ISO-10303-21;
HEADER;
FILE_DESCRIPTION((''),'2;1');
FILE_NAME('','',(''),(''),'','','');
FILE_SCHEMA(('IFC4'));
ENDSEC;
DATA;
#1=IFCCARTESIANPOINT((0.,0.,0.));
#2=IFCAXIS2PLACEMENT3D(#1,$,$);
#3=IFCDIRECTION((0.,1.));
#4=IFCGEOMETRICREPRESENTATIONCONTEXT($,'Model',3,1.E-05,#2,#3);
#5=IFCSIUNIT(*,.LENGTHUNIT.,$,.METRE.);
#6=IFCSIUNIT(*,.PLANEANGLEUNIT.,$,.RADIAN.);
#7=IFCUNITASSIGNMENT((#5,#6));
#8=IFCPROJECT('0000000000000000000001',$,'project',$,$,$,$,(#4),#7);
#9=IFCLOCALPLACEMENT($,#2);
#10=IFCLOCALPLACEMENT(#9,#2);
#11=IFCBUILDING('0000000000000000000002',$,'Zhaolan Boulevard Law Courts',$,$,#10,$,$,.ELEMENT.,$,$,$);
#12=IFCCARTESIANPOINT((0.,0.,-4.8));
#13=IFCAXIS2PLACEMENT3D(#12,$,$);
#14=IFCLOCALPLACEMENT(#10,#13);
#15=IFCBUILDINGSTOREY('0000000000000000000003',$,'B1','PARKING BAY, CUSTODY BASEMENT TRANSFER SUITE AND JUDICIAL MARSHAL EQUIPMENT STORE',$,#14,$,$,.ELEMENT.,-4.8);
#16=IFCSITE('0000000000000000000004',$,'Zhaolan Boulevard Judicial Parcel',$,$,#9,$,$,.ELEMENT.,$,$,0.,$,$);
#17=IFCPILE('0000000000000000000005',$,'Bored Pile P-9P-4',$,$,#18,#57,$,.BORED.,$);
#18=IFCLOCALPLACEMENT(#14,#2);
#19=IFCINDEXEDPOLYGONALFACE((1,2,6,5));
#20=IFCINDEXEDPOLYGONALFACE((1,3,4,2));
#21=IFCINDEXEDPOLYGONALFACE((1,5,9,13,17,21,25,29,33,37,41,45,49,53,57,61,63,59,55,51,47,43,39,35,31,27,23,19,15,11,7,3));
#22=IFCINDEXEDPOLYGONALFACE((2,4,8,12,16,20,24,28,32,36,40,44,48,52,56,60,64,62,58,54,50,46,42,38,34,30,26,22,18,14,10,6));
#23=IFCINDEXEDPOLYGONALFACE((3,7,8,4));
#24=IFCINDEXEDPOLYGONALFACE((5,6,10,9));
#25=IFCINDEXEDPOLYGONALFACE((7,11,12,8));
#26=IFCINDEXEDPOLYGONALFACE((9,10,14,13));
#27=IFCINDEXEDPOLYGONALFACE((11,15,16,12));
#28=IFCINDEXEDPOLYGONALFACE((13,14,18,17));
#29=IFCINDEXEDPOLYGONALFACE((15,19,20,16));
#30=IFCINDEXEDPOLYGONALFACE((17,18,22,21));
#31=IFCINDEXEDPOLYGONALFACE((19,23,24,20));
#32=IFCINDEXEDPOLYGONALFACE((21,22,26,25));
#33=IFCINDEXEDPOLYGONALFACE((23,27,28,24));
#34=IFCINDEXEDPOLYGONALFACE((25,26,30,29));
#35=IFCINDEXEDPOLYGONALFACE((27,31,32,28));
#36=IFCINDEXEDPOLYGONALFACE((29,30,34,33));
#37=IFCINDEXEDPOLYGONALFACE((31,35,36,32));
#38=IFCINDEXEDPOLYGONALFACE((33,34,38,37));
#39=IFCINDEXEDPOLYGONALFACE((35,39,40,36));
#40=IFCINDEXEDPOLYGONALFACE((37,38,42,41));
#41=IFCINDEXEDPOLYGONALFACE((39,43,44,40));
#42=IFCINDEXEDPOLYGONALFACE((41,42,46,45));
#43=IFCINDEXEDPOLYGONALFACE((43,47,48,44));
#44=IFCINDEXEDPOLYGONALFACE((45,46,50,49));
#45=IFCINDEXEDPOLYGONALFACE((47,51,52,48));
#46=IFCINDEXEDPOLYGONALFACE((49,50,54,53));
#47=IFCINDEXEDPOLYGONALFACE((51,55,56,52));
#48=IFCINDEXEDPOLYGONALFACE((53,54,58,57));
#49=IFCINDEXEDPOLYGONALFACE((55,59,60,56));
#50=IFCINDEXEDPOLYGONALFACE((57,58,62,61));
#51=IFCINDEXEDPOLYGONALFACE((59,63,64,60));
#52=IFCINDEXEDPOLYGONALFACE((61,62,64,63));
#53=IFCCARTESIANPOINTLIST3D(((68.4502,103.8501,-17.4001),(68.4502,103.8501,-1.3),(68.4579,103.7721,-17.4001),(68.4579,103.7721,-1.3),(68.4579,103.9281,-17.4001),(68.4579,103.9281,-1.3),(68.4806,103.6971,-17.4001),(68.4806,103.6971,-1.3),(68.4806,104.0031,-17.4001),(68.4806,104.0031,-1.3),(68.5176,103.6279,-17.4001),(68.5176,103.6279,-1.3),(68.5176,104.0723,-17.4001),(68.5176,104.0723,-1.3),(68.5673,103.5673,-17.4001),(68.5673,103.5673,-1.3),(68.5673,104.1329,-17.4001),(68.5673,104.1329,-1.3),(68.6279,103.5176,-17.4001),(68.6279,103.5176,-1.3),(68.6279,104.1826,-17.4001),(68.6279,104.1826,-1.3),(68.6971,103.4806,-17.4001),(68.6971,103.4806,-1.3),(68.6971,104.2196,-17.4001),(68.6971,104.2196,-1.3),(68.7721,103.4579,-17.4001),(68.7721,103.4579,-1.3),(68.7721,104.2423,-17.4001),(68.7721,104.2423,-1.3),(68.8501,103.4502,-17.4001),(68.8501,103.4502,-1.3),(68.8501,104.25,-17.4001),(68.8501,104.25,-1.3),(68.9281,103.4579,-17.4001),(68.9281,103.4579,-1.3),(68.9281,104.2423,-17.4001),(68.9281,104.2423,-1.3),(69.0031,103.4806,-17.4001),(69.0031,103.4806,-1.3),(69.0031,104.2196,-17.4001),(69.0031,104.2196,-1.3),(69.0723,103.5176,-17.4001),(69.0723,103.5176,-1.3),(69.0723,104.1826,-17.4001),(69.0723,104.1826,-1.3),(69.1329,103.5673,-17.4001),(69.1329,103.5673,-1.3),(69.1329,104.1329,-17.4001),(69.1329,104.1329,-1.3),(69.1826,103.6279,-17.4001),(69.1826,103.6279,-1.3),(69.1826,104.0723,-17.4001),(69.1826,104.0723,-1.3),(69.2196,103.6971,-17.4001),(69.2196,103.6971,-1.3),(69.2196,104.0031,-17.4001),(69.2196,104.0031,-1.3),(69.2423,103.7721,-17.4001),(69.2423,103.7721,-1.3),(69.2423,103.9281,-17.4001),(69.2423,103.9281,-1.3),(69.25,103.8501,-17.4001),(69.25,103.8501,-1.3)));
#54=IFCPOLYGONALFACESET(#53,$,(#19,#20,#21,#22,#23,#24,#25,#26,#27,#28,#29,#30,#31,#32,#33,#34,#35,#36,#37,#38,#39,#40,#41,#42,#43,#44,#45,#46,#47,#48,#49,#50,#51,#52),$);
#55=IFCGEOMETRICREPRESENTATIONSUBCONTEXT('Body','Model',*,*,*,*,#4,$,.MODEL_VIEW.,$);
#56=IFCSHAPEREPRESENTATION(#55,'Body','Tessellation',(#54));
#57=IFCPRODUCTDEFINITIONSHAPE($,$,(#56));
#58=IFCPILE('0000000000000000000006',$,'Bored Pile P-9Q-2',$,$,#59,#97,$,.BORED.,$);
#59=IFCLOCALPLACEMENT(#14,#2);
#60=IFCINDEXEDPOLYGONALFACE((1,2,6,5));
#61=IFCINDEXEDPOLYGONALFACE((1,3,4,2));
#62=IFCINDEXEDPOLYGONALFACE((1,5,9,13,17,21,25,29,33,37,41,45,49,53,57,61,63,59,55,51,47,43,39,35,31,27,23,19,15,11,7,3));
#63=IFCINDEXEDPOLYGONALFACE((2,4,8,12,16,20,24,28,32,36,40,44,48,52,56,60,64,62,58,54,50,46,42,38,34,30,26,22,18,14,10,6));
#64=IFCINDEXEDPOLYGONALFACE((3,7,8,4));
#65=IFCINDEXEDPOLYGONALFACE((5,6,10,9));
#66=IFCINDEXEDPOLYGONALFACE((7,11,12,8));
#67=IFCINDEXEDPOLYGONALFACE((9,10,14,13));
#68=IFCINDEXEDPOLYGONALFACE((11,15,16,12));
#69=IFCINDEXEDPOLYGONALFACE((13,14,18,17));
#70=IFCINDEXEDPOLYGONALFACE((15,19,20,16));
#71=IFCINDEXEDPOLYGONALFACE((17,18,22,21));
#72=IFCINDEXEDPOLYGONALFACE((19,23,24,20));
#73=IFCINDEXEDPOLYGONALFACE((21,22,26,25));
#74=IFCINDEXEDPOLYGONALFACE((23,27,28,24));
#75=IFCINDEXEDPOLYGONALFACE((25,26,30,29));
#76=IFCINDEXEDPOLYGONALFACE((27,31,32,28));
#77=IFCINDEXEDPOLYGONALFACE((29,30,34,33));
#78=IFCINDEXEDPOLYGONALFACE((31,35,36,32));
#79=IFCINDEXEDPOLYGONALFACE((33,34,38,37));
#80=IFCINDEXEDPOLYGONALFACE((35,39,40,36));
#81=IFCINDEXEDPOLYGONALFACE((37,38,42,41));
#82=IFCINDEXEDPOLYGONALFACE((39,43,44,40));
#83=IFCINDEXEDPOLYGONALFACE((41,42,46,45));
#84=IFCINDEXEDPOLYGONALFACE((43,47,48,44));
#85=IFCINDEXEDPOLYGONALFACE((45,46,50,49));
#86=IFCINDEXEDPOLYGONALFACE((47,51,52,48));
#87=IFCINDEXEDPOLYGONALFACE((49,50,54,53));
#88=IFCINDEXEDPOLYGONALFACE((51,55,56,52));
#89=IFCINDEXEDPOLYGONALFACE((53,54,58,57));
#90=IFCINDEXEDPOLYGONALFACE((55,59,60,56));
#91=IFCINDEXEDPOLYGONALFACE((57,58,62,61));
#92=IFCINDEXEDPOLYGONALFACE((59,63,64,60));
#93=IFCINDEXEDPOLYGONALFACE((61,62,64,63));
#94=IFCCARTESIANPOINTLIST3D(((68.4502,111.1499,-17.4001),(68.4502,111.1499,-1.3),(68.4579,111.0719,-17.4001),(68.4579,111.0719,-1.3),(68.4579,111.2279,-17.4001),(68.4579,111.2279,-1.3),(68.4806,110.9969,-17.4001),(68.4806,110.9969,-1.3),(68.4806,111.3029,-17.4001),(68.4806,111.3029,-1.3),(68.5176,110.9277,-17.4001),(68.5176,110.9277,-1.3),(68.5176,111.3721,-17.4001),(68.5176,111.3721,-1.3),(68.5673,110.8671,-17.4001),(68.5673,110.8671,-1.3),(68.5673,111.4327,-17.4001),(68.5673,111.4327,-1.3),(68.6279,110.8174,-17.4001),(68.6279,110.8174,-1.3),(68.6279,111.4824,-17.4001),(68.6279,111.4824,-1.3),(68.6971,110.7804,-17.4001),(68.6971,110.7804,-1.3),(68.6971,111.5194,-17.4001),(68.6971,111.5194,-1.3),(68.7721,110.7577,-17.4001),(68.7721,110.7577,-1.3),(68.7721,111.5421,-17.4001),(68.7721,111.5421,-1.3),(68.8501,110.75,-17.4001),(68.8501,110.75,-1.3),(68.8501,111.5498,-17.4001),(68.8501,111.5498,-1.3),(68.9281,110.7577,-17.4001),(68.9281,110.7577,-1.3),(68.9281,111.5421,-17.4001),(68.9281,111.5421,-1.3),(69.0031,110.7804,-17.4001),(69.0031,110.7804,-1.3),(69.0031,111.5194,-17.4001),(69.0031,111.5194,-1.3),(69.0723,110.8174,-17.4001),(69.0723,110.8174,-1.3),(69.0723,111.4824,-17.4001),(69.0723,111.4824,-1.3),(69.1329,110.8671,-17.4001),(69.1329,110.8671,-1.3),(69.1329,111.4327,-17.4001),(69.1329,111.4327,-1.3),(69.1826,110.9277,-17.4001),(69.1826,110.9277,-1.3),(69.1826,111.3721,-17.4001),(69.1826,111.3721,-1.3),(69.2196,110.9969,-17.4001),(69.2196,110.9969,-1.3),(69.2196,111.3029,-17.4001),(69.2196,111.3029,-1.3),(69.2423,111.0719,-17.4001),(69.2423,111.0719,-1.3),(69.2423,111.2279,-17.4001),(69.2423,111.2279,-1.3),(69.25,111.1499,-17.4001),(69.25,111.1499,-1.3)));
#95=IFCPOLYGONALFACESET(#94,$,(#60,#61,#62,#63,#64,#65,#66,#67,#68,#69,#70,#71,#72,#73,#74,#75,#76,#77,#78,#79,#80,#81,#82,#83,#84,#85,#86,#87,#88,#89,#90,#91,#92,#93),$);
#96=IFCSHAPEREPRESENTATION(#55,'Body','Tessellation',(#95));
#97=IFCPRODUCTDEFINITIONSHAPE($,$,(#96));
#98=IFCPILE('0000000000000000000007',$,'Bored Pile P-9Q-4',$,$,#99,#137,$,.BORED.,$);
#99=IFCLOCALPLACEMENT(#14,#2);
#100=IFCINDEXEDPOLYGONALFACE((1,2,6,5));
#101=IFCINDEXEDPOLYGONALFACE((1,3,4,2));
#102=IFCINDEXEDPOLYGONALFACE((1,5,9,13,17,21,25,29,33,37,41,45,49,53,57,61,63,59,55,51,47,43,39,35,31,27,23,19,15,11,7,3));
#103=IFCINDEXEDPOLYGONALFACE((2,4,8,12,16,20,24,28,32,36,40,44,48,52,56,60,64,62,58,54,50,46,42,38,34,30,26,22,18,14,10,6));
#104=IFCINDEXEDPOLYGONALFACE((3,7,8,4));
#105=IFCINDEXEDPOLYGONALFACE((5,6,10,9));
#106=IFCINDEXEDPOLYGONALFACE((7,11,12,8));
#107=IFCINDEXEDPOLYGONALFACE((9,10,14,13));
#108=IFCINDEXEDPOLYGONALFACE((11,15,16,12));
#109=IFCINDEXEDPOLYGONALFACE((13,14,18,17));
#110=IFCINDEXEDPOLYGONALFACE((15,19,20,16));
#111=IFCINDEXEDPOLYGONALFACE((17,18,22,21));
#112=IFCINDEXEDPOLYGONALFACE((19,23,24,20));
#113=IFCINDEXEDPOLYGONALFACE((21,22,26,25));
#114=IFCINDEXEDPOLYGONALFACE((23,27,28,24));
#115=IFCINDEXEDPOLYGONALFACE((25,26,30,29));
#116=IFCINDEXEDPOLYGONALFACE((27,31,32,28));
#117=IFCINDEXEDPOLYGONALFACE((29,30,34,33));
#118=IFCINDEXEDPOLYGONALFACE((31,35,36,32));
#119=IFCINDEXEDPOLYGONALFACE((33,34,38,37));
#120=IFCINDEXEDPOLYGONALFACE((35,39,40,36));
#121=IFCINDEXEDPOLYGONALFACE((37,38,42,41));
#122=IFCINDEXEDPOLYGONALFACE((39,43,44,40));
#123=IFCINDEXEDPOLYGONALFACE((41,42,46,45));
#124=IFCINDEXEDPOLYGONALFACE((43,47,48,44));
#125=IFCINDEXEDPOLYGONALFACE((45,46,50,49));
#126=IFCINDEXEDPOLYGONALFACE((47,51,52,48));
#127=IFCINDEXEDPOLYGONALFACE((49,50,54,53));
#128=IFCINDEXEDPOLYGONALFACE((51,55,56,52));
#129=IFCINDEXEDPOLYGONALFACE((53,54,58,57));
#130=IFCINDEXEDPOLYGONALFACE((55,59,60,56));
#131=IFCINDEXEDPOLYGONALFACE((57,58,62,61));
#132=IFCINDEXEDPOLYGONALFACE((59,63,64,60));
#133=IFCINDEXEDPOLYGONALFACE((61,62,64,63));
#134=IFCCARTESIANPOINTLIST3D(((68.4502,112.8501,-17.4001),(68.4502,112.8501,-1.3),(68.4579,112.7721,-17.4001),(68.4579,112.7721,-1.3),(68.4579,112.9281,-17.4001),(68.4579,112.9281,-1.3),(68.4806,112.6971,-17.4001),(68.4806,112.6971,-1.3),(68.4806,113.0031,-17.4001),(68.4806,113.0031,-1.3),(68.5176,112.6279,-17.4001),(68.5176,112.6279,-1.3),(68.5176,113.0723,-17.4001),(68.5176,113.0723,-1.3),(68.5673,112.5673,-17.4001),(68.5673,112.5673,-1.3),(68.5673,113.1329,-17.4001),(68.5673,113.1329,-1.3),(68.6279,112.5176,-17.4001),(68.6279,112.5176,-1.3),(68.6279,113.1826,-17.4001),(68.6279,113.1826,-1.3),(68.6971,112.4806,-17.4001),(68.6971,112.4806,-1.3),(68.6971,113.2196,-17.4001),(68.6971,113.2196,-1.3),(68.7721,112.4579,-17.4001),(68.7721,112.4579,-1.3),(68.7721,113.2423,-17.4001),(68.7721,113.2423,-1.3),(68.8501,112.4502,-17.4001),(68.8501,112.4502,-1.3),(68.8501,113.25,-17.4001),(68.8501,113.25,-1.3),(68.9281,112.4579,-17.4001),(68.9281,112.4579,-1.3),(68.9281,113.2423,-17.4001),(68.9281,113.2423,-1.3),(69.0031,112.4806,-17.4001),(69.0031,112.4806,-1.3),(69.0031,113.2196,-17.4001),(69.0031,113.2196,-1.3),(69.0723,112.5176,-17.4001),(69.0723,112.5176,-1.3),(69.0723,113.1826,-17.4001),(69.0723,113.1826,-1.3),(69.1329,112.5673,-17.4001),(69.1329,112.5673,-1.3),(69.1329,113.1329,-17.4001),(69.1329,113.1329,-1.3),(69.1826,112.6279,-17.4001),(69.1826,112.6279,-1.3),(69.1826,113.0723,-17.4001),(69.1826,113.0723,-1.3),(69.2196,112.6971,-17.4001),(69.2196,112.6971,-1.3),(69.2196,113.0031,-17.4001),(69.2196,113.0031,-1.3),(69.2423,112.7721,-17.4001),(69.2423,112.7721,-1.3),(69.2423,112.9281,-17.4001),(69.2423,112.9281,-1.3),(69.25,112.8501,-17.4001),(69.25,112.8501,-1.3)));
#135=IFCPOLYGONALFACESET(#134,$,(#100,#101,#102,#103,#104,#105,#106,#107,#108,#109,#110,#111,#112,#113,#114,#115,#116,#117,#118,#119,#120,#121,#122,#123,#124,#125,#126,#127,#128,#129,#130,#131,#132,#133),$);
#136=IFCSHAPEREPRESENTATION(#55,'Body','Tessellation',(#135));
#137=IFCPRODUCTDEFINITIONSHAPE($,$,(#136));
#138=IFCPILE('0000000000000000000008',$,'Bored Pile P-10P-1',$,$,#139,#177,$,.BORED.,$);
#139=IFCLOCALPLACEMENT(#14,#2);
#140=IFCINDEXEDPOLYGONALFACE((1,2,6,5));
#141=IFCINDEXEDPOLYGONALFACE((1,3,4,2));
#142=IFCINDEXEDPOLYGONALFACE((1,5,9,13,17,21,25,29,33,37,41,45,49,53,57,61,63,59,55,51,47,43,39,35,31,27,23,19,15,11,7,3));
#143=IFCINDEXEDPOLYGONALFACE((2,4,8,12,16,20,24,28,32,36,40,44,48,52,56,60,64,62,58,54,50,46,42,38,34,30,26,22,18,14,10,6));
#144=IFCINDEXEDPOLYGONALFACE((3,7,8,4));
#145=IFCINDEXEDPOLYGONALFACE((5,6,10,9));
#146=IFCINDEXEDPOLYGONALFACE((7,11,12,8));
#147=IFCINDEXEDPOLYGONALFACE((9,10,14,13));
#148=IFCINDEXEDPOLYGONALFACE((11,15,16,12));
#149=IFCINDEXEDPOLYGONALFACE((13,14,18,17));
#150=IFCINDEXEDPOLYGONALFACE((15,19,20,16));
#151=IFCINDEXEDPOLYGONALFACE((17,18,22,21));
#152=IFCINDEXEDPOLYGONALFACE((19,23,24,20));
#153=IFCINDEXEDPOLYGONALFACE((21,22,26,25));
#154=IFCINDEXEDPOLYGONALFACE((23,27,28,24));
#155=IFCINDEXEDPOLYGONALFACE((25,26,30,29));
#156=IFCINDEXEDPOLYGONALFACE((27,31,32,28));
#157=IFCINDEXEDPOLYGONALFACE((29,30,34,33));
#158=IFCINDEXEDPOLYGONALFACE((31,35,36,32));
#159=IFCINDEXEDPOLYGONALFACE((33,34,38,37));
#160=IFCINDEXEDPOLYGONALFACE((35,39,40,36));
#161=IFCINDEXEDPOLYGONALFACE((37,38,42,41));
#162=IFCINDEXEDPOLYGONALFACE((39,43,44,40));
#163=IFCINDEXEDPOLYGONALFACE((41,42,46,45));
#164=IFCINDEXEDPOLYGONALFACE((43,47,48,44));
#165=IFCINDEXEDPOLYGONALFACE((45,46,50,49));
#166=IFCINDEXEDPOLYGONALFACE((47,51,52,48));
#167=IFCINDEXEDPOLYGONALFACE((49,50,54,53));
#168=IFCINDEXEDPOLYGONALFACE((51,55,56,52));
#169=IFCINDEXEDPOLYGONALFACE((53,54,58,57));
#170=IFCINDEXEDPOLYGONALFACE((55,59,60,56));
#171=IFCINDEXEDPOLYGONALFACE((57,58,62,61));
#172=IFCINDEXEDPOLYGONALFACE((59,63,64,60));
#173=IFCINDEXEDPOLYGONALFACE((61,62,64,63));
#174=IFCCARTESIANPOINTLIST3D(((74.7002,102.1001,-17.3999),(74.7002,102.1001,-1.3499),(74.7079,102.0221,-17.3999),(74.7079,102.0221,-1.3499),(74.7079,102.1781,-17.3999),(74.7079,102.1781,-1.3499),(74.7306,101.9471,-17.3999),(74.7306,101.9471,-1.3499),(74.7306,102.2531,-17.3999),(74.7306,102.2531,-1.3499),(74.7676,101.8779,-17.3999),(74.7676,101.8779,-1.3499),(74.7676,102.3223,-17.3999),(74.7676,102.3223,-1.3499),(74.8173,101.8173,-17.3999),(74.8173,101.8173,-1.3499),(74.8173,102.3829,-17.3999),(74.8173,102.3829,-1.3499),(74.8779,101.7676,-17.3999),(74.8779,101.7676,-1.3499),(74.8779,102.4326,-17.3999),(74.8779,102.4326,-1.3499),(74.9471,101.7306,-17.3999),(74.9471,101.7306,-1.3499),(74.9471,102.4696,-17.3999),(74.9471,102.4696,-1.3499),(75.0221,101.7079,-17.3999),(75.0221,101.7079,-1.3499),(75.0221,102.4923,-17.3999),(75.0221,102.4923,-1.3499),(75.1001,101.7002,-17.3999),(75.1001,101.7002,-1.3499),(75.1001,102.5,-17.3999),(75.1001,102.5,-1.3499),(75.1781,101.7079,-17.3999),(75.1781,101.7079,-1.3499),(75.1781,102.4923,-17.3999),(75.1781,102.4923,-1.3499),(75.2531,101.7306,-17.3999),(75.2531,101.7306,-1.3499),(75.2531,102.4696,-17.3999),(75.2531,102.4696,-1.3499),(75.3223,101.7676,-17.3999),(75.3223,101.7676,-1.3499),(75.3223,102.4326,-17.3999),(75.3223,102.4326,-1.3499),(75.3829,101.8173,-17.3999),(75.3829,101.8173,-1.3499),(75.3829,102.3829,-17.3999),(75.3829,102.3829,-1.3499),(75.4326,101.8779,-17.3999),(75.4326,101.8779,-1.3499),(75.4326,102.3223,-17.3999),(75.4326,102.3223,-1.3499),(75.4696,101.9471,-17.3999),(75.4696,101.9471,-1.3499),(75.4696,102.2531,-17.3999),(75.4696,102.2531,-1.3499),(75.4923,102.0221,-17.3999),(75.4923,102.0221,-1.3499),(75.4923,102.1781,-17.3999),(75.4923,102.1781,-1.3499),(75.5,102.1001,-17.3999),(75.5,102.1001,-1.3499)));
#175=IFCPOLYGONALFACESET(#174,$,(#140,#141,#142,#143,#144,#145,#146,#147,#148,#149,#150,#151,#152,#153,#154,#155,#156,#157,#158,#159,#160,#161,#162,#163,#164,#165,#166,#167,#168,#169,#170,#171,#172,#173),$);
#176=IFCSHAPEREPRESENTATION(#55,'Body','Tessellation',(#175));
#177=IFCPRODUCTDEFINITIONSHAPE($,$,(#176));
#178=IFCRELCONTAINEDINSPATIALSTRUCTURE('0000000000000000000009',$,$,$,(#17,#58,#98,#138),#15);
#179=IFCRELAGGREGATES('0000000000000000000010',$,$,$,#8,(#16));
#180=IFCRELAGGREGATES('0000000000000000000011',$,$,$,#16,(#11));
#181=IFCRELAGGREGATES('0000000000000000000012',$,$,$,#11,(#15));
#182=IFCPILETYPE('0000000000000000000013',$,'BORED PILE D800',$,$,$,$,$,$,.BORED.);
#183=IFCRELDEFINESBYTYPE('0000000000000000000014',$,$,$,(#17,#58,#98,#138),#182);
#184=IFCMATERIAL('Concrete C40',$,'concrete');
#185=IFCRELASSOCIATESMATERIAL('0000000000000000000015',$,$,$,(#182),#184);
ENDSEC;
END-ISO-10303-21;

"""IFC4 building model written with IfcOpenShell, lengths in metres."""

from ifc_helpers import new_model, si_unit, direction, frame, origin, origin_2d, place, context, subcontext, project, spatial, circle, extrude, material, material_profile, profile_set, type_object, element, save


model = new_model("IFC4")

# Units and contexts
model_context = context("Model", 3, precision=1e-05, world=origin(), true_north=direction((0.0, 1.0)))
body_context = subcontext(model_context, "Body", "Model", "MODEL_VIEW")
ifc_project = project(units=[si_unit("LENGTHUNIT", "METRE"), si_unit("PLANEANGLEUNIT", "RADIAN")], contexts=[model_context])

# Site, building, storey
site_placement = place(None, origin())
site = spatial("IfcSite", under=ifc_project, at=site_placement, Name="Zhaolan Boulevard Judicial Parcel", CompositionType="ELEMENT", RefElevation=0.0)
building_placement = place(site_placement, origin())
building = spatial("IfcBuilding", under=site, at=building_placement, Name="Zhaolan Boulevard Law Courts", CompositionType="ELEMENT")
storey_placement = place(building_placement, frame((0.0, 0.0, -4.8)))
storey = spatial("IfcBuildingStorey", under=building, at=storey_placement, Name="B1", Description="PARKING BAY, CUSTODY BASEMENT TRANSFER SUITE AND JUDICIAL MARSHAL EQUIPMENT STORE", CompositionType="ELEMENT", Elevation=-4.8)

# Piles
ifc_material_1 = material(Name="Concrete C40", Category="concrete")
ifc_material_profile_1 = material_profile(ifc_material_1, circle(Radius=0.3999, at=origin_2d()), Name="PILE-D800")
ifc_profile_set_1 = profile_set([ifc_material_profile_1], Name="Concrete C40")
pile_type = type_object("IfcPileType", Name="BORED PILE D800", PredefinedType="BORED", material=ifc_profile_set_1)
for number, where, z_axis, x_axis, name in (
    (1, (68.8501, 103.8501, -1.3), (0.0, 0.0, -1.0), (1.0, 0.0, 0.0), "Bored Pile P-9P-4"),
    (2, (68.8501, 111.1499, -1.3), (0.0, 0.0, -1.0), (1.0, 0.0, 0.0), "Bored Pile P-9Q-2"),
    (3, (68.8501, 112.8501, -1.3), (0.0, 0.0, -1.0), (1.0, 0.0, 0.0), "Bored Pile P-9Q-4"),
):
    element("IfcPile", number, at=place(storey_placement, frame(where, z_axis=z_axis, x_axis=x_axis)), inside=storey, type_object=pile_type, Name=name, PredefinedType="BORED", context=body_context, shape_type="SweptSolid", body=[
        extrude(circle(Radius=0.3999, at=origin_2d()), origin(), (0.0, 0.0, 1.0), 16.1001),
    ])
for number, where, z_axis, x_axis, name in (
    (4, (75.1001, 102.1001, -1.3499), (0.0, 0.0, -1.0), (1.0, 0.0, 0.0), "Bored Pile P-10P-1"),
):
    element("IfcPile", number, at=place(storey_placement, frame(where, z_axis=z_axis, x_axis=x_axis)), inside=storey, type_object=pile_type, Name=name, PredefinedType="BORED", context=body_context, shape_type="SweptSolid", body=[
        extrude(circle(Radius=0.3999, at=origin_2d()), origin(), (0.0, 0.0, 1.0), 16.05),
    ])

save(model, "model.ifc")
